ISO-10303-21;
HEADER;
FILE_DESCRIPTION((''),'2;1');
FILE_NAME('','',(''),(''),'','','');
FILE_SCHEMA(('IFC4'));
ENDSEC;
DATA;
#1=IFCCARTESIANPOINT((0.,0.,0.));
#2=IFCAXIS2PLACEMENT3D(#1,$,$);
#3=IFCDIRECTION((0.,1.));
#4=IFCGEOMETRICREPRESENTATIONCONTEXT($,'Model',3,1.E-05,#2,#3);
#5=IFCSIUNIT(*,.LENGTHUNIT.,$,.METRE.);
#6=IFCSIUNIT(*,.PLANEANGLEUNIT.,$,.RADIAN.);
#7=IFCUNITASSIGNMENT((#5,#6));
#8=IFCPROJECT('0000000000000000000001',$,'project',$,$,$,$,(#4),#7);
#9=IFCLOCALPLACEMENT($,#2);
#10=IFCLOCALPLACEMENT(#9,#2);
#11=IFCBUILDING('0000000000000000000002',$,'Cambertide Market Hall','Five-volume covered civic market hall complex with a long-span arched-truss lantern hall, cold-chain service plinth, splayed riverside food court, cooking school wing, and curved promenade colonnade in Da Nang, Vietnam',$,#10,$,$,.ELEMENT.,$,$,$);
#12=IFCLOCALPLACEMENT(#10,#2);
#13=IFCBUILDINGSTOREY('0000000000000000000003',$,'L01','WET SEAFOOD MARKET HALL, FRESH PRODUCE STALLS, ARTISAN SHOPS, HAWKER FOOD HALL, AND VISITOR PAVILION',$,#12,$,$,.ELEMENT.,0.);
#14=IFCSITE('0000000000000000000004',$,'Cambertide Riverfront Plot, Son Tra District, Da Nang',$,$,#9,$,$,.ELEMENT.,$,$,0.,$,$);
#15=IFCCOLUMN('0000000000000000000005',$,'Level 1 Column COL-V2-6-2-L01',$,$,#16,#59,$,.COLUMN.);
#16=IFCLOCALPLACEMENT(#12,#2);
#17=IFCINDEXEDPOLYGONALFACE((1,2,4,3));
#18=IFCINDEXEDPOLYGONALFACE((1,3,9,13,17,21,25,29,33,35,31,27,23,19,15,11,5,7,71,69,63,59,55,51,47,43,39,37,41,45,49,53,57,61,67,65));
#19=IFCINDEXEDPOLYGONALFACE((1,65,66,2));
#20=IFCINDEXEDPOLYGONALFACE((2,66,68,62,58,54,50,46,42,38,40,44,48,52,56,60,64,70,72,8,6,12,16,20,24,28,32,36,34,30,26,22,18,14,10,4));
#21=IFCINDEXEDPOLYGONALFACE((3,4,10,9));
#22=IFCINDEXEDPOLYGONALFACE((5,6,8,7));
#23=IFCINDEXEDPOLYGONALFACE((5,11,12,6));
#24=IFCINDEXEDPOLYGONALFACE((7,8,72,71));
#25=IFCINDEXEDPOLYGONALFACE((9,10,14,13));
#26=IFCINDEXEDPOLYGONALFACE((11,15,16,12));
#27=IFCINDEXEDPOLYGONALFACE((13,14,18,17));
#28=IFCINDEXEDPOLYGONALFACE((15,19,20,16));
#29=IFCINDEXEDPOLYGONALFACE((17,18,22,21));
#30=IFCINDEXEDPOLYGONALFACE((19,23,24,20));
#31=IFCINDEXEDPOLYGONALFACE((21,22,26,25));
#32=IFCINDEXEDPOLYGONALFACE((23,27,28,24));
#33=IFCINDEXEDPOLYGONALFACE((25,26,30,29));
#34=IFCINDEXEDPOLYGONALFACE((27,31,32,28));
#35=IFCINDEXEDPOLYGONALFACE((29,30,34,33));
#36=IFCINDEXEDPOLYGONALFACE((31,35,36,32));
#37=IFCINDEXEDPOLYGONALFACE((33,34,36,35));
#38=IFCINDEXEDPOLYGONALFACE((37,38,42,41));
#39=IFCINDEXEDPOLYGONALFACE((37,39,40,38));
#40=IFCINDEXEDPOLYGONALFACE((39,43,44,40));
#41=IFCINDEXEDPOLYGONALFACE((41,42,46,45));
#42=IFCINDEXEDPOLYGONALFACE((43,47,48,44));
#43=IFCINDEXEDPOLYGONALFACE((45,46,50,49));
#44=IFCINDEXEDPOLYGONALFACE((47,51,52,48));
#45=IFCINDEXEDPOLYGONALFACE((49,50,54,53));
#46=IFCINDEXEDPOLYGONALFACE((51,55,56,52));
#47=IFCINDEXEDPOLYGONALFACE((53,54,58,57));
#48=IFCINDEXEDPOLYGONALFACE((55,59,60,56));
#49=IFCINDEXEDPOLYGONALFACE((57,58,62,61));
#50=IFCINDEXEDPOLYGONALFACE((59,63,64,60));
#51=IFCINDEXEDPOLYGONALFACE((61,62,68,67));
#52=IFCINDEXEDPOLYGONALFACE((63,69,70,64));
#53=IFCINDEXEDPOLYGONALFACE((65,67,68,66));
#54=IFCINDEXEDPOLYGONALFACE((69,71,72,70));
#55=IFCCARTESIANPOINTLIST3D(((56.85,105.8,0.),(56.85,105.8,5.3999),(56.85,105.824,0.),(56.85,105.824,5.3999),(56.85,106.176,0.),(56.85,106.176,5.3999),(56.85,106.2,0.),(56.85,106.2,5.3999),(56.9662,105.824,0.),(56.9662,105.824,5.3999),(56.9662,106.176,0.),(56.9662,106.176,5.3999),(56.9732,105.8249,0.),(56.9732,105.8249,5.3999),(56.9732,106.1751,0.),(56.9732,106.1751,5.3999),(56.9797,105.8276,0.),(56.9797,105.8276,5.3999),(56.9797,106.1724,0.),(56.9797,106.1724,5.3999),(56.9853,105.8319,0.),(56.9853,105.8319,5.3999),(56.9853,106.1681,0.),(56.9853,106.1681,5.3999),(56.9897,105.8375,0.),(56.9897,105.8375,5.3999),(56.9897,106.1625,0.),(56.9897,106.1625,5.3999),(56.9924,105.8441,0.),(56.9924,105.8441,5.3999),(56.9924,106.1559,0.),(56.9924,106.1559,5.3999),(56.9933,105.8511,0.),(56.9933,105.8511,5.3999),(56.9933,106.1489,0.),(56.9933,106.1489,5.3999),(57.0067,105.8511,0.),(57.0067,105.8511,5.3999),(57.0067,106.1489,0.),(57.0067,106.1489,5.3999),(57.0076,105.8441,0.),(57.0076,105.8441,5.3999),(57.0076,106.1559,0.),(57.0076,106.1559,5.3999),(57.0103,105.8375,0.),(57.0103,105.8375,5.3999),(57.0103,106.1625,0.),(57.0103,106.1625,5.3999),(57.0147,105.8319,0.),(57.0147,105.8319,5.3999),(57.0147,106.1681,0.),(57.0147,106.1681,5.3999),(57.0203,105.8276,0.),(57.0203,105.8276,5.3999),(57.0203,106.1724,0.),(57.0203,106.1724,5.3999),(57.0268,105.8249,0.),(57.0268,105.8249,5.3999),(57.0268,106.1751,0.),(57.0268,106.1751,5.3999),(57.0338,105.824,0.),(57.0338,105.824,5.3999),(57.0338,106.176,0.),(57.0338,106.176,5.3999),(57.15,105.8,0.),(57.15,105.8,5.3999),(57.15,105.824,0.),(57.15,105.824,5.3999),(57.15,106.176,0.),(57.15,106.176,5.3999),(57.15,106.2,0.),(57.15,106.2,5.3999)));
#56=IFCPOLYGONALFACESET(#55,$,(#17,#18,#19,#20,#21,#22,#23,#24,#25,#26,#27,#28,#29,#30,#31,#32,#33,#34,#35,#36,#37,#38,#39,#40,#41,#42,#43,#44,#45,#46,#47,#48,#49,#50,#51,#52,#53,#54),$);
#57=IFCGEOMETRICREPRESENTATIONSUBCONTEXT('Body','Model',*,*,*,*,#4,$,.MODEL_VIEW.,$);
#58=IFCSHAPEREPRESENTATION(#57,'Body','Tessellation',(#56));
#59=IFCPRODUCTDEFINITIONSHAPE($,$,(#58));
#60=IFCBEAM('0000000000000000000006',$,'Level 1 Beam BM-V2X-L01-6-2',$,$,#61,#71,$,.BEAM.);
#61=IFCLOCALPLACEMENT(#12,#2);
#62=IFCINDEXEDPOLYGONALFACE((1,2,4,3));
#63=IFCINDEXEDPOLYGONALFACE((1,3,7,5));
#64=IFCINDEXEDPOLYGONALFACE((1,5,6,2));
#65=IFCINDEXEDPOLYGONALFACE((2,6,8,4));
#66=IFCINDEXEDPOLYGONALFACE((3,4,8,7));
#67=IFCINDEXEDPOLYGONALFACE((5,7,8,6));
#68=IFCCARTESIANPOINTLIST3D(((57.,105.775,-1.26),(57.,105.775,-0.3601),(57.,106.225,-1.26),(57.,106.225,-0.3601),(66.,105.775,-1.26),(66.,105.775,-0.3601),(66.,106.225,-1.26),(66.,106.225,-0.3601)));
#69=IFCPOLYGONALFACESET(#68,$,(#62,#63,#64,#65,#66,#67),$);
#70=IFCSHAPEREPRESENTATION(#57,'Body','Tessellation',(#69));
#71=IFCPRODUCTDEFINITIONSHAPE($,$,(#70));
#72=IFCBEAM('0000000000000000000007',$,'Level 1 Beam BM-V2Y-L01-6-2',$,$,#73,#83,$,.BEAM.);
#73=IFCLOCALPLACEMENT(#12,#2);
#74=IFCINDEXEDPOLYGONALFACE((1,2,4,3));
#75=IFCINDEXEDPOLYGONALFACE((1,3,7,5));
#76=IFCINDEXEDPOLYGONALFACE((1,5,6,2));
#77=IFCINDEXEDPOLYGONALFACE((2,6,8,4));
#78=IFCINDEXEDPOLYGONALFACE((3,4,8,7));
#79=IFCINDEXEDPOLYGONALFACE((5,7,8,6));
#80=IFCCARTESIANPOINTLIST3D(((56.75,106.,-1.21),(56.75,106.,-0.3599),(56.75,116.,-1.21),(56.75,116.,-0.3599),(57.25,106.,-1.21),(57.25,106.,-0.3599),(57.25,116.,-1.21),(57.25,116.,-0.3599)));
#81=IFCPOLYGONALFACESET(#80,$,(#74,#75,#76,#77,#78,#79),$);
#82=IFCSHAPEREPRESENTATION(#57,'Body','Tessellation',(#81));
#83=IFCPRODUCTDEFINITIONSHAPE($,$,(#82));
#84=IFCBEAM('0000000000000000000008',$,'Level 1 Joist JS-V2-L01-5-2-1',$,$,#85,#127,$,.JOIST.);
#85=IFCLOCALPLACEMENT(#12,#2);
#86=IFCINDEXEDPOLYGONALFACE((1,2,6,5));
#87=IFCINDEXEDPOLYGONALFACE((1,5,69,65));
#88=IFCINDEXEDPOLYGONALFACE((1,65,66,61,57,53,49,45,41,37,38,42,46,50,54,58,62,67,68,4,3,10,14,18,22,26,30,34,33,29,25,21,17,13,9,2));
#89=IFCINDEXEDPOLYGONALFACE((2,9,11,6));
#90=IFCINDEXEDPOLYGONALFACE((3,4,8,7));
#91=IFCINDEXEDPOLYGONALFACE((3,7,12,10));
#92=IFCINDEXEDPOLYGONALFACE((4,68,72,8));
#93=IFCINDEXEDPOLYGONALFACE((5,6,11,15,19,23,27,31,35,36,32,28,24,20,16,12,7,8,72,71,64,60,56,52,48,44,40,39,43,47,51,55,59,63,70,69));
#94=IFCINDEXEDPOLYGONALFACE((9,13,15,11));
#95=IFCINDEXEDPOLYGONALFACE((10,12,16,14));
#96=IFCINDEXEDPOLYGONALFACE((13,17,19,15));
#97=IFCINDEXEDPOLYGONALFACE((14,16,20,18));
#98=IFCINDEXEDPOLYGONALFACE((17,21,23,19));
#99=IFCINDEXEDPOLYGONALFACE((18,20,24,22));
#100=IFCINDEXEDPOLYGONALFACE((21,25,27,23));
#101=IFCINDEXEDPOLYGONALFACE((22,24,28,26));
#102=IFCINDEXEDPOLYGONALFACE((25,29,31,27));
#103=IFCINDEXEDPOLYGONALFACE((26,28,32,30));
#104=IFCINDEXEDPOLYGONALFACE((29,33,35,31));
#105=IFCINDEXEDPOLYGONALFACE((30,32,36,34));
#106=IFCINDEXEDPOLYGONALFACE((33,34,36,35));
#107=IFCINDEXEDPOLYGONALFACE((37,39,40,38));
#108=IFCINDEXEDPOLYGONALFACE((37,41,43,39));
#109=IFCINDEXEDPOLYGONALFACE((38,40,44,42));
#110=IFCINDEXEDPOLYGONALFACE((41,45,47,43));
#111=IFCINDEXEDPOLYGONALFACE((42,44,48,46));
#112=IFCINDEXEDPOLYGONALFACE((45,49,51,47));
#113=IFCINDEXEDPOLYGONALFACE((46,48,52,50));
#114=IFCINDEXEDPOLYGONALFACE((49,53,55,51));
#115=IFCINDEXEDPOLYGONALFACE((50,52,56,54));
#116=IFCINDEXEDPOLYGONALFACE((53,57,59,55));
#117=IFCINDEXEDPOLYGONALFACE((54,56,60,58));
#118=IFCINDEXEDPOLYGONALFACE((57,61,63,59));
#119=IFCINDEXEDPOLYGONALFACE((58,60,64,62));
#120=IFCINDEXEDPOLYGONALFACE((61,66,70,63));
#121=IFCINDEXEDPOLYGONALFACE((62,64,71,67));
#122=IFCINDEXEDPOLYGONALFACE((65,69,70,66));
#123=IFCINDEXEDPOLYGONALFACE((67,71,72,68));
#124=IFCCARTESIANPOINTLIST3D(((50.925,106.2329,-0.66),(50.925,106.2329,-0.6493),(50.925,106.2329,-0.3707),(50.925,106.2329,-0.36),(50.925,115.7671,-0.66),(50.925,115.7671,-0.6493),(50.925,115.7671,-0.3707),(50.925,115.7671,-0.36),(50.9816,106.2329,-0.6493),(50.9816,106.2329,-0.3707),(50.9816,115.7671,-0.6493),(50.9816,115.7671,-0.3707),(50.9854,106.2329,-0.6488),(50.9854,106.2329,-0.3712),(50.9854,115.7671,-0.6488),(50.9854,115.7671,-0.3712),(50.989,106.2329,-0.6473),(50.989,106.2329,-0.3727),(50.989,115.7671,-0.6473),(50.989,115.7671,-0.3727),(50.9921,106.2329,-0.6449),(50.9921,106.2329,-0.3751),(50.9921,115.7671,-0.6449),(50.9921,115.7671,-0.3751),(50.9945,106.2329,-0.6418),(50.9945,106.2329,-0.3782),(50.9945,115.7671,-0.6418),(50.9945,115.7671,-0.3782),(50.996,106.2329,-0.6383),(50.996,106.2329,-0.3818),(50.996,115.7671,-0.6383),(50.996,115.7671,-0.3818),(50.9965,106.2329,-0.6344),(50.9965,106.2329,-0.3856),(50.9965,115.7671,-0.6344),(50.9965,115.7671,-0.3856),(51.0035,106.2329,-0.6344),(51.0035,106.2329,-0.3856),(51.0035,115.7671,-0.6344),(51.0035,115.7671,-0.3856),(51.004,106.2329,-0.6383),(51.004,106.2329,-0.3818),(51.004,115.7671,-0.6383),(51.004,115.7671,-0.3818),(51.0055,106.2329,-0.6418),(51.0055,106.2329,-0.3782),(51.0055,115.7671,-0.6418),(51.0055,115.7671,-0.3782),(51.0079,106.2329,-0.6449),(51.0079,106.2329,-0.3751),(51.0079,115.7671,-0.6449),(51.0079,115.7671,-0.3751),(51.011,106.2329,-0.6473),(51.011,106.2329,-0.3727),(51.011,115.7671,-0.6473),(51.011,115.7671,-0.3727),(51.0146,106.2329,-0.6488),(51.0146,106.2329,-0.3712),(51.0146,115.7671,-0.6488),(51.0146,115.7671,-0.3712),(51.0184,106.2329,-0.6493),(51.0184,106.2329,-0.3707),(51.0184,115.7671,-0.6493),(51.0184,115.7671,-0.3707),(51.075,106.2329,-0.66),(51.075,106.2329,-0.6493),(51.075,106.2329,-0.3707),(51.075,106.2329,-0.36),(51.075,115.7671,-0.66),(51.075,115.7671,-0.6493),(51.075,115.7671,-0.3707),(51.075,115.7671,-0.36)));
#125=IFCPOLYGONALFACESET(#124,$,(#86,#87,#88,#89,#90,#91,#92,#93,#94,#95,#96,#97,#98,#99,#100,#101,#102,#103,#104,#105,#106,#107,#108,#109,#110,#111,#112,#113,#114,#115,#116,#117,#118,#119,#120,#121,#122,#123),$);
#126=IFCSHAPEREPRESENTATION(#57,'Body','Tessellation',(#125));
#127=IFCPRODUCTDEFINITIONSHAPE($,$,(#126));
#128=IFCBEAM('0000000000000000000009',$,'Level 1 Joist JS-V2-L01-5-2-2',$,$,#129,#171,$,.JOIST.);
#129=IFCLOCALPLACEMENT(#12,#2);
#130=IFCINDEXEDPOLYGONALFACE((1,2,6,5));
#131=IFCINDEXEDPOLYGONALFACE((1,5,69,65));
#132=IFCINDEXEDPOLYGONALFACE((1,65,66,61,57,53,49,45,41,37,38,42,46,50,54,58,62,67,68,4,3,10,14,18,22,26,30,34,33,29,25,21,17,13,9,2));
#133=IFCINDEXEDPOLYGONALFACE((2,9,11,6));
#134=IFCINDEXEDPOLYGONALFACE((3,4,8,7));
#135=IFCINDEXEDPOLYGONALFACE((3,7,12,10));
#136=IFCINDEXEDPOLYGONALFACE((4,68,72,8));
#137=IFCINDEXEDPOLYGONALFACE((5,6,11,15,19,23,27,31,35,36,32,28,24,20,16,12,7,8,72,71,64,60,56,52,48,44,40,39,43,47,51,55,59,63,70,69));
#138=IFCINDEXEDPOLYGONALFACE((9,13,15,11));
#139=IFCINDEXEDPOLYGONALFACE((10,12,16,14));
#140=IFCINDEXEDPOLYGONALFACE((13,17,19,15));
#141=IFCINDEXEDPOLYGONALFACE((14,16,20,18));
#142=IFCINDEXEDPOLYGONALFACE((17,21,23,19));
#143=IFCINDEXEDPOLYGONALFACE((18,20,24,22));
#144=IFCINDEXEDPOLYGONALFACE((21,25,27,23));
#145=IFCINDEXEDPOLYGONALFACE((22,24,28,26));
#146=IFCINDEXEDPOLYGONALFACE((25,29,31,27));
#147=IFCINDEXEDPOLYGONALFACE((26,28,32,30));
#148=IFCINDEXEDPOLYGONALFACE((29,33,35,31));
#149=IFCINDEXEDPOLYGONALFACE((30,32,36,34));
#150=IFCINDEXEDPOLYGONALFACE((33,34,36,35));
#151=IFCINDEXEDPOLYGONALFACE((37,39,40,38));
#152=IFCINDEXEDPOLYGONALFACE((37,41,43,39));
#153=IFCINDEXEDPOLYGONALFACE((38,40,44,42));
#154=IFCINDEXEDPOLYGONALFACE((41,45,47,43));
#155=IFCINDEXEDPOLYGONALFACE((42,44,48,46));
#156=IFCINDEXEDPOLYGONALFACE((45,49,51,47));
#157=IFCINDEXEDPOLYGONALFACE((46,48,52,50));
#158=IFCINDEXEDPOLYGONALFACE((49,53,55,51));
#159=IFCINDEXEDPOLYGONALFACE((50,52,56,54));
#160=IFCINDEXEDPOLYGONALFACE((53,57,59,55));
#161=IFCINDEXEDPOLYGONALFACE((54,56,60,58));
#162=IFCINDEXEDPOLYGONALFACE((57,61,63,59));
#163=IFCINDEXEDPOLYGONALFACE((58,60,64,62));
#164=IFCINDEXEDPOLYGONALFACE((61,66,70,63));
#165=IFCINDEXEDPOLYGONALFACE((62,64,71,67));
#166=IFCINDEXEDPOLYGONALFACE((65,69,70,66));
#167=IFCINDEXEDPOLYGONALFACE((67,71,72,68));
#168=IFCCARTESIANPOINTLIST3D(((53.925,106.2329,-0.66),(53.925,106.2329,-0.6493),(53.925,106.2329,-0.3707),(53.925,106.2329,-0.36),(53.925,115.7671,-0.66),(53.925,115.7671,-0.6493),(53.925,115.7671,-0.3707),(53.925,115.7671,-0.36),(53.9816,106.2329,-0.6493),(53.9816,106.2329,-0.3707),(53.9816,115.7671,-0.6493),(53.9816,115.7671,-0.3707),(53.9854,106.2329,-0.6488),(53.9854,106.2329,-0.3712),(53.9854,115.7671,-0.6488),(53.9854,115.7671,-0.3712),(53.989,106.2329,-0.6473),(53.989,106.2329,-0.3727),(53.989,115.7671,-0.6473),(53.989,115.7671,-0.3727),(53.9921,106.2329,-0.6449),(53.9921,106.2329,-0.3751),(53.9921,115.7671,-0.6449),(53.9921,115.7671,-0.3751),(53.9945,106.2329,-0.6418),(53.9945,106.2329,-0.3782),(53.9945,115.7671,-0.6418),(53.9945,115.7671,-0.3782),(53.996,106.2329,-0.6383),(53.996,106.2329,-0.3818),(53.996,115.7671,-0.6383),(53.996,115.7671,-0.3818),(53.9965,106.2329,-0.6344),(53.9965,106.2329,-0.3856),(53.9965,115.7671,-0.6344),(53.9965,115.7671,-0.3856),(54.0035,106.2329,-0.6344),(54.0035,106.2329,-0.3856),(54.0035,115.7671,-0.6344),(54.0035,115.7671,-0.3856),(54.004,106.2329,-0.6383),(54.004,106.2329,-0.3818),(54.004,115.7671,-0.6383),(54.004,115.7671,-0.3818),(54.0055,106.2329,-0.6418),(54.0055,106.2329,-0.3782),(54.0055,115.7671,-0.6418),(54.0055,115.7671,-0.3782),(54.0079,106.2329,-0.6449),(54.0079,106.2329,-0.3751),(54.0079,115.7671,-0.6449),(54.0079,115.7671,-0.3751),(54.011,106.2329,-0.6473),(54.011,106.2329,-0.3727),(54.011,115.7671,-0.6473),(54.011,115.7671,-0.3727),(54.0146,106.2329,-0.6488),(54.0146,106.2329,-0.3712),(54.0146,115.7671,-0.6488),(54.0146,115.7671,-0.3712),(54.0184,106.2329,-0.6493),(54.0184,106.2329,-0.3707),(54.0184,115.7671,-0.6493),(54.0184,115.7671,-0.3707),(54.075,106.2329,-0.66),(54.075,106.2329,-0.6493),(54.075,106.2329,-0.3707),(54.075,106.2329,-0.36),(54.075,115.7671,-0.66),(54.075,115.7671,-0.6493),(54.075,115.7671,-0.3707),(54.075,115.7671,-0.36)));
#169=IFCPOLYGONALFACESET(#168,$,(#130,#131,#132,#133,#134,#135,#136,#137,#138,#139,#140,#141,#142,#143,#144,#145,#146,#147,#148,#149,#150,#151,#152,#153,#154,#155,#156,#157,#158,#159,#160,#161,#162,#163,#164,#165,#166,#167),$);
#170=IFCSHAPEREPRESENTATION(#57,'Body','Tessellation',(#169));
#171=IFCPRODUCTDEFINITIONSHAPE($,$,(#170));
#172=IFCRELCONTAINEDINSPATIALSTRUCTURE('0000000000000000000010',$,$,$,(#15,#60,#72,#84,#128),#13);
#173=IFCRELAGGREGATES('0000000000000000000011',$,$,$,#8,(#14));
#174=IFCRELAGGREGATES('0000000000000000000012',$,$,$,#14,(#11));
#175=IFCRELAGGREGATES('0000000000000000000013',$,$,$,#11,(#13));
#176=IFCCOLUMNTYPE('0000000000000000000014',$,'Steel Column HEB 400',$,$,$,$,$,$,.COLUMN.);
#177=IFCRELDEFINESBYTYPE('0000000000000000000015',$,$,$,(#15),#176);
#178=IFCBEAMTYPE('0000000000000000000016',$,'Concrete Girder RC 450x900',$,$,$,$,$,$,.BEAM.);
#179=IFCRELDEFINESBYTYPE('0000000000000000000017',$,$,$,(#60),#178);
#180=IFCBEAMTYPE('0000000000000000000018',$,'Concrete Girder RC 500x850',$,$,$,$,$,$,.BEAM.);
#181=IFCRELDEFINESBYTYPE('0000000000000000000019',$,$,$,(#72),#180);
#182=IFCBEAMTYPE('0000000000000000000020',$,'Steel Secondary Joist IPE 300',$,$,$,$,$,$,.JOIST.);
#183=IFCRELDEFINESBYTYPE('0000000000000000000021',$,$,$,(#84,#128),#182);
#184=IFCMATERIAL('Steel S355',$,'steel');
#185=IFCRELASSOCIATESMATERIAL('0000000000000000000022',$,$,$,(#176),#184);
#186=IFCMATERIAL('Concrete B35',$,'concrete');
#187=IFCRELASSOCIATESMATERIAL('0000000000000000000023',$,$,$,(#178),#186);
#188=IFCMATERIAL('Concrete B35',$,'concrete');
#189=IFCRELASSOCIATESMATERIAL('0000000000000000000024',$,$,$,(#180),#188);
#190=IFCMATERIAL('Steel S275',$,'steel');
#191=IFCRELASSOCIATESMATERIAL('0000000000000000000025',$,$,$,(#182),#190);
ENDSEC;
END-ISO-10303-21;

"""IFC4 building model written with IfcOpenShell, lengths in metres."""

from ifc_helpers import new_model, si_unit, direction, frame, origin, origin_2d, place, context, subcontext, project, spatial, rectangle, i_section, extrude, material, material_profile, profile_set, type_object, element, save


model = new_model("IFC4")

# Units and contexts
model_context = context("Model", 3, precision=1e-05, world=origin(), true_north=direction((0.0, 1.0)))
body_context = subcontext(model_context, "Body", "Model", "MODEL_VIEW")
ifc_project = project(units=[si_unit("LENGTHUNIT", "METRE"), si_unit("PLANEANGLEUNIT", "RADIAN")], contexts=[model_context])

# Site, building, storey
site_placement = place(None, origin())
site = spatial("IfcSite", under=ifc_project, at=site_placement, Name="Cambertide Riverfront Plot, Son Tra District, Da Nang", CompositionType="ELEMENT", RefElevation=0.0)
building_placement = place(site_placement, origin())
building = spatial("IfcBuilding", under=site, at=building_placement, Name="Cambertide Market Hall", Description="Five-volume covered civic market hall complex with a long-span arched-truss lantern hall, cold-chain service plinth, splayed riverside food court, cooking school wing, and curved promenade colonnade in Da Nang, Vietnam", CompositionType="ELEMENT")
storey_placement = place(building_placement, origin())
storey = spatial("IfcBuildingStorey", under=building, at=storey_placement, Name="L01", Description="WET SEAFOOD MARKET HALL, FRESH PRODUCE STALLS, ARTISAN SHOPS, HAWKER FOOD HALL, AND VISITOR PAVILION", CompositionType="ELEMENT", Elevation=0.0)

# Column
ifc_material_1 = material(Name="Steel S355", Category="steel")
ifc_material_profile_1 = material_profile(ifc_material_1, i_section(OverallWidth=0.3, OverallDepth=0.3999, WebThickness=0.0134, FlangeThickness=0.0239, FilletRadius=0.0271, at=origin_2d()), Name="HEB 400")
ifc_profile_set_1 = profile_set([ifc_material_profile_1], Name="Steel S355")
column_type = type_object("IfcColumnType", Name="Steel Column HEB 400", PredefinedType="COLUMN", material=ifc_profile_set_1)
column_placement = place(storey_placement, frame((57.0, 106.0, 0.0), z_axis=(0.0, 0.0, 1.0), x_axis=(1.0, 0.0, 0.0)))
element("IfcColumn", 1, at=column_placement, inside=storey, type_object=column_type, Name="Level 1 Column COL-V2-6-2-L01", PredefinedType="COLUMN", context=body_context, shape_type="SweptSolid", body=[
    extrude(i_section(OverallWidth=0.3, OverallDepth=0.3999, WebThickness=0.0134, FlangeThickness=0.0239, FilletRadius=0.0271, at=origin_2d()), origin(), (0.0, 0.0, 1.0), 5.3999),
])

# Beams
ifc_material_2 = material(Name="Concrete B35", Category="concrete")
ifc_material_profile_2 = material_profile(ifc_material_2, rectangle(XDim=0.45, YDim=0.8999, at=origin_2d()), Name="RC 450x900")
ifc_profile_set_2 = profile_set([ifc_material_profile_2], Name="Concrete B35")
beam_type_1 = type_object("IfcBeamType", Name="Concrete Girder RC 450x900", PredefinedType="BEAM", material=ifc_profile_set_2)
beam_1_placement = place(storey_placement, frame((57.0, 106.0, -0.8101), z_axis=(1.0, 0.0, 0.0), x_axis=(0.0, 1.0, 0.0)))
element("IfcBeam", 2, at=beam_1_placement, inside=storey, type_object=beam_type_1, Name="Level 1 Beam BM-V2X-L01-6-2", PredefinedType="BEAM", context=body_context, shape_type="SweptSolid", body=[
    extrude(rectangle(XDim=0.45, YDim=0.8999, at=origin_2d()), origin(), (0.0, 0.0, 1.0), 9.0),
])
ifc_material_3 = material(Name="Concrete B35", Category="concrete")
ifc_material_profile_3 = material_profile(ifc_material_3, rectangle(XDim=0.5, YDim=0.8501, at=origin_2d()), Name="RC 500x850")
ifc_profile_set_3 = profile_set([ifc_material_profile_3], Name="Concrete B35")
beam_type_2 = type_object("IfcBeamType", Name="Concrete Girder RC 500x850", PredefinedType="BEAM", material=ifc_profile_set_3)
beam_2_placement = place(storey_placement, frame((57.0, 106.0, -0.7849), z_axis=(0.0, 1.0, 0.0), x_axis=(-1.0, 0.0, 0.0)))
element("IfcBeam", 3, at=beam_2_placement, inside=storey, type_object=beam_type_2, Name="Level 1 Beam BM-V2Y-L01-6-2", PredefinedType="BEAM", context=body_context, shape_type="SweptSolid", body=[
    extrude(rectangle(XDim=0.5, YDim=0.8501, at=origin_2d()), origin(), (0.0, 0.0, 1.0), 10.0),
])
ifc_material_4 = material(Name="Steel S275", Category="steel")
ifc_material_profile_4 = material_profile(ifc_material_4, i_section(OverallWidth=0.1499, OverallDepth=0.3, WebThickness=0.0071, FlangeThickness=0.0107, FilletRadius=0.0149, at=origin_2d()), Name="IPE 300")
ifc_profile_set_4 = profile_set([ifc_material_profile_4], Name="Steel S275")
beam_type_3 = type_object("IfcBeamType", Name="Steel Secondary Joist IPE 300", PredefinedType="JOIST", material=ifc_profile_set_4)
for number, where, z_axis, x_axis, name in (
    (4, (51.0, 106.2329, -0.51), (0.0, 1.0, 0.0), (-1.0, 0.0, 0.0), "Level 1 Joist JS-V2-L01-5-2-1"),
    (5, (54.0, 106.2329, -0.51), (0.0, 1.0, 0.0), (-1.0, 0.0, 0.0), "Level 1 Joist JS-V2-L01-5-2-2"),
):
    element("IfcBeam", number, at=place(storey_placement, frame(where, z_axis=z_axis, x_axis=x_axis)), inside=storey, type_object=beam_type_3, Name=name, PredefinedType="JOIST", context=body_context, shape_type="SweptSolid", body=[
        extrude(i_section(OverallWidth=0.1499, OverallDepth=0.3, WebThickness=0.0071, FlangeThickness=0.0107, FilletRadius=0.0149, at=origin_2d()), origin(), (0.0, 0.0, 1.0), 9.5342),
    ])

save(model, "model.ifc")
